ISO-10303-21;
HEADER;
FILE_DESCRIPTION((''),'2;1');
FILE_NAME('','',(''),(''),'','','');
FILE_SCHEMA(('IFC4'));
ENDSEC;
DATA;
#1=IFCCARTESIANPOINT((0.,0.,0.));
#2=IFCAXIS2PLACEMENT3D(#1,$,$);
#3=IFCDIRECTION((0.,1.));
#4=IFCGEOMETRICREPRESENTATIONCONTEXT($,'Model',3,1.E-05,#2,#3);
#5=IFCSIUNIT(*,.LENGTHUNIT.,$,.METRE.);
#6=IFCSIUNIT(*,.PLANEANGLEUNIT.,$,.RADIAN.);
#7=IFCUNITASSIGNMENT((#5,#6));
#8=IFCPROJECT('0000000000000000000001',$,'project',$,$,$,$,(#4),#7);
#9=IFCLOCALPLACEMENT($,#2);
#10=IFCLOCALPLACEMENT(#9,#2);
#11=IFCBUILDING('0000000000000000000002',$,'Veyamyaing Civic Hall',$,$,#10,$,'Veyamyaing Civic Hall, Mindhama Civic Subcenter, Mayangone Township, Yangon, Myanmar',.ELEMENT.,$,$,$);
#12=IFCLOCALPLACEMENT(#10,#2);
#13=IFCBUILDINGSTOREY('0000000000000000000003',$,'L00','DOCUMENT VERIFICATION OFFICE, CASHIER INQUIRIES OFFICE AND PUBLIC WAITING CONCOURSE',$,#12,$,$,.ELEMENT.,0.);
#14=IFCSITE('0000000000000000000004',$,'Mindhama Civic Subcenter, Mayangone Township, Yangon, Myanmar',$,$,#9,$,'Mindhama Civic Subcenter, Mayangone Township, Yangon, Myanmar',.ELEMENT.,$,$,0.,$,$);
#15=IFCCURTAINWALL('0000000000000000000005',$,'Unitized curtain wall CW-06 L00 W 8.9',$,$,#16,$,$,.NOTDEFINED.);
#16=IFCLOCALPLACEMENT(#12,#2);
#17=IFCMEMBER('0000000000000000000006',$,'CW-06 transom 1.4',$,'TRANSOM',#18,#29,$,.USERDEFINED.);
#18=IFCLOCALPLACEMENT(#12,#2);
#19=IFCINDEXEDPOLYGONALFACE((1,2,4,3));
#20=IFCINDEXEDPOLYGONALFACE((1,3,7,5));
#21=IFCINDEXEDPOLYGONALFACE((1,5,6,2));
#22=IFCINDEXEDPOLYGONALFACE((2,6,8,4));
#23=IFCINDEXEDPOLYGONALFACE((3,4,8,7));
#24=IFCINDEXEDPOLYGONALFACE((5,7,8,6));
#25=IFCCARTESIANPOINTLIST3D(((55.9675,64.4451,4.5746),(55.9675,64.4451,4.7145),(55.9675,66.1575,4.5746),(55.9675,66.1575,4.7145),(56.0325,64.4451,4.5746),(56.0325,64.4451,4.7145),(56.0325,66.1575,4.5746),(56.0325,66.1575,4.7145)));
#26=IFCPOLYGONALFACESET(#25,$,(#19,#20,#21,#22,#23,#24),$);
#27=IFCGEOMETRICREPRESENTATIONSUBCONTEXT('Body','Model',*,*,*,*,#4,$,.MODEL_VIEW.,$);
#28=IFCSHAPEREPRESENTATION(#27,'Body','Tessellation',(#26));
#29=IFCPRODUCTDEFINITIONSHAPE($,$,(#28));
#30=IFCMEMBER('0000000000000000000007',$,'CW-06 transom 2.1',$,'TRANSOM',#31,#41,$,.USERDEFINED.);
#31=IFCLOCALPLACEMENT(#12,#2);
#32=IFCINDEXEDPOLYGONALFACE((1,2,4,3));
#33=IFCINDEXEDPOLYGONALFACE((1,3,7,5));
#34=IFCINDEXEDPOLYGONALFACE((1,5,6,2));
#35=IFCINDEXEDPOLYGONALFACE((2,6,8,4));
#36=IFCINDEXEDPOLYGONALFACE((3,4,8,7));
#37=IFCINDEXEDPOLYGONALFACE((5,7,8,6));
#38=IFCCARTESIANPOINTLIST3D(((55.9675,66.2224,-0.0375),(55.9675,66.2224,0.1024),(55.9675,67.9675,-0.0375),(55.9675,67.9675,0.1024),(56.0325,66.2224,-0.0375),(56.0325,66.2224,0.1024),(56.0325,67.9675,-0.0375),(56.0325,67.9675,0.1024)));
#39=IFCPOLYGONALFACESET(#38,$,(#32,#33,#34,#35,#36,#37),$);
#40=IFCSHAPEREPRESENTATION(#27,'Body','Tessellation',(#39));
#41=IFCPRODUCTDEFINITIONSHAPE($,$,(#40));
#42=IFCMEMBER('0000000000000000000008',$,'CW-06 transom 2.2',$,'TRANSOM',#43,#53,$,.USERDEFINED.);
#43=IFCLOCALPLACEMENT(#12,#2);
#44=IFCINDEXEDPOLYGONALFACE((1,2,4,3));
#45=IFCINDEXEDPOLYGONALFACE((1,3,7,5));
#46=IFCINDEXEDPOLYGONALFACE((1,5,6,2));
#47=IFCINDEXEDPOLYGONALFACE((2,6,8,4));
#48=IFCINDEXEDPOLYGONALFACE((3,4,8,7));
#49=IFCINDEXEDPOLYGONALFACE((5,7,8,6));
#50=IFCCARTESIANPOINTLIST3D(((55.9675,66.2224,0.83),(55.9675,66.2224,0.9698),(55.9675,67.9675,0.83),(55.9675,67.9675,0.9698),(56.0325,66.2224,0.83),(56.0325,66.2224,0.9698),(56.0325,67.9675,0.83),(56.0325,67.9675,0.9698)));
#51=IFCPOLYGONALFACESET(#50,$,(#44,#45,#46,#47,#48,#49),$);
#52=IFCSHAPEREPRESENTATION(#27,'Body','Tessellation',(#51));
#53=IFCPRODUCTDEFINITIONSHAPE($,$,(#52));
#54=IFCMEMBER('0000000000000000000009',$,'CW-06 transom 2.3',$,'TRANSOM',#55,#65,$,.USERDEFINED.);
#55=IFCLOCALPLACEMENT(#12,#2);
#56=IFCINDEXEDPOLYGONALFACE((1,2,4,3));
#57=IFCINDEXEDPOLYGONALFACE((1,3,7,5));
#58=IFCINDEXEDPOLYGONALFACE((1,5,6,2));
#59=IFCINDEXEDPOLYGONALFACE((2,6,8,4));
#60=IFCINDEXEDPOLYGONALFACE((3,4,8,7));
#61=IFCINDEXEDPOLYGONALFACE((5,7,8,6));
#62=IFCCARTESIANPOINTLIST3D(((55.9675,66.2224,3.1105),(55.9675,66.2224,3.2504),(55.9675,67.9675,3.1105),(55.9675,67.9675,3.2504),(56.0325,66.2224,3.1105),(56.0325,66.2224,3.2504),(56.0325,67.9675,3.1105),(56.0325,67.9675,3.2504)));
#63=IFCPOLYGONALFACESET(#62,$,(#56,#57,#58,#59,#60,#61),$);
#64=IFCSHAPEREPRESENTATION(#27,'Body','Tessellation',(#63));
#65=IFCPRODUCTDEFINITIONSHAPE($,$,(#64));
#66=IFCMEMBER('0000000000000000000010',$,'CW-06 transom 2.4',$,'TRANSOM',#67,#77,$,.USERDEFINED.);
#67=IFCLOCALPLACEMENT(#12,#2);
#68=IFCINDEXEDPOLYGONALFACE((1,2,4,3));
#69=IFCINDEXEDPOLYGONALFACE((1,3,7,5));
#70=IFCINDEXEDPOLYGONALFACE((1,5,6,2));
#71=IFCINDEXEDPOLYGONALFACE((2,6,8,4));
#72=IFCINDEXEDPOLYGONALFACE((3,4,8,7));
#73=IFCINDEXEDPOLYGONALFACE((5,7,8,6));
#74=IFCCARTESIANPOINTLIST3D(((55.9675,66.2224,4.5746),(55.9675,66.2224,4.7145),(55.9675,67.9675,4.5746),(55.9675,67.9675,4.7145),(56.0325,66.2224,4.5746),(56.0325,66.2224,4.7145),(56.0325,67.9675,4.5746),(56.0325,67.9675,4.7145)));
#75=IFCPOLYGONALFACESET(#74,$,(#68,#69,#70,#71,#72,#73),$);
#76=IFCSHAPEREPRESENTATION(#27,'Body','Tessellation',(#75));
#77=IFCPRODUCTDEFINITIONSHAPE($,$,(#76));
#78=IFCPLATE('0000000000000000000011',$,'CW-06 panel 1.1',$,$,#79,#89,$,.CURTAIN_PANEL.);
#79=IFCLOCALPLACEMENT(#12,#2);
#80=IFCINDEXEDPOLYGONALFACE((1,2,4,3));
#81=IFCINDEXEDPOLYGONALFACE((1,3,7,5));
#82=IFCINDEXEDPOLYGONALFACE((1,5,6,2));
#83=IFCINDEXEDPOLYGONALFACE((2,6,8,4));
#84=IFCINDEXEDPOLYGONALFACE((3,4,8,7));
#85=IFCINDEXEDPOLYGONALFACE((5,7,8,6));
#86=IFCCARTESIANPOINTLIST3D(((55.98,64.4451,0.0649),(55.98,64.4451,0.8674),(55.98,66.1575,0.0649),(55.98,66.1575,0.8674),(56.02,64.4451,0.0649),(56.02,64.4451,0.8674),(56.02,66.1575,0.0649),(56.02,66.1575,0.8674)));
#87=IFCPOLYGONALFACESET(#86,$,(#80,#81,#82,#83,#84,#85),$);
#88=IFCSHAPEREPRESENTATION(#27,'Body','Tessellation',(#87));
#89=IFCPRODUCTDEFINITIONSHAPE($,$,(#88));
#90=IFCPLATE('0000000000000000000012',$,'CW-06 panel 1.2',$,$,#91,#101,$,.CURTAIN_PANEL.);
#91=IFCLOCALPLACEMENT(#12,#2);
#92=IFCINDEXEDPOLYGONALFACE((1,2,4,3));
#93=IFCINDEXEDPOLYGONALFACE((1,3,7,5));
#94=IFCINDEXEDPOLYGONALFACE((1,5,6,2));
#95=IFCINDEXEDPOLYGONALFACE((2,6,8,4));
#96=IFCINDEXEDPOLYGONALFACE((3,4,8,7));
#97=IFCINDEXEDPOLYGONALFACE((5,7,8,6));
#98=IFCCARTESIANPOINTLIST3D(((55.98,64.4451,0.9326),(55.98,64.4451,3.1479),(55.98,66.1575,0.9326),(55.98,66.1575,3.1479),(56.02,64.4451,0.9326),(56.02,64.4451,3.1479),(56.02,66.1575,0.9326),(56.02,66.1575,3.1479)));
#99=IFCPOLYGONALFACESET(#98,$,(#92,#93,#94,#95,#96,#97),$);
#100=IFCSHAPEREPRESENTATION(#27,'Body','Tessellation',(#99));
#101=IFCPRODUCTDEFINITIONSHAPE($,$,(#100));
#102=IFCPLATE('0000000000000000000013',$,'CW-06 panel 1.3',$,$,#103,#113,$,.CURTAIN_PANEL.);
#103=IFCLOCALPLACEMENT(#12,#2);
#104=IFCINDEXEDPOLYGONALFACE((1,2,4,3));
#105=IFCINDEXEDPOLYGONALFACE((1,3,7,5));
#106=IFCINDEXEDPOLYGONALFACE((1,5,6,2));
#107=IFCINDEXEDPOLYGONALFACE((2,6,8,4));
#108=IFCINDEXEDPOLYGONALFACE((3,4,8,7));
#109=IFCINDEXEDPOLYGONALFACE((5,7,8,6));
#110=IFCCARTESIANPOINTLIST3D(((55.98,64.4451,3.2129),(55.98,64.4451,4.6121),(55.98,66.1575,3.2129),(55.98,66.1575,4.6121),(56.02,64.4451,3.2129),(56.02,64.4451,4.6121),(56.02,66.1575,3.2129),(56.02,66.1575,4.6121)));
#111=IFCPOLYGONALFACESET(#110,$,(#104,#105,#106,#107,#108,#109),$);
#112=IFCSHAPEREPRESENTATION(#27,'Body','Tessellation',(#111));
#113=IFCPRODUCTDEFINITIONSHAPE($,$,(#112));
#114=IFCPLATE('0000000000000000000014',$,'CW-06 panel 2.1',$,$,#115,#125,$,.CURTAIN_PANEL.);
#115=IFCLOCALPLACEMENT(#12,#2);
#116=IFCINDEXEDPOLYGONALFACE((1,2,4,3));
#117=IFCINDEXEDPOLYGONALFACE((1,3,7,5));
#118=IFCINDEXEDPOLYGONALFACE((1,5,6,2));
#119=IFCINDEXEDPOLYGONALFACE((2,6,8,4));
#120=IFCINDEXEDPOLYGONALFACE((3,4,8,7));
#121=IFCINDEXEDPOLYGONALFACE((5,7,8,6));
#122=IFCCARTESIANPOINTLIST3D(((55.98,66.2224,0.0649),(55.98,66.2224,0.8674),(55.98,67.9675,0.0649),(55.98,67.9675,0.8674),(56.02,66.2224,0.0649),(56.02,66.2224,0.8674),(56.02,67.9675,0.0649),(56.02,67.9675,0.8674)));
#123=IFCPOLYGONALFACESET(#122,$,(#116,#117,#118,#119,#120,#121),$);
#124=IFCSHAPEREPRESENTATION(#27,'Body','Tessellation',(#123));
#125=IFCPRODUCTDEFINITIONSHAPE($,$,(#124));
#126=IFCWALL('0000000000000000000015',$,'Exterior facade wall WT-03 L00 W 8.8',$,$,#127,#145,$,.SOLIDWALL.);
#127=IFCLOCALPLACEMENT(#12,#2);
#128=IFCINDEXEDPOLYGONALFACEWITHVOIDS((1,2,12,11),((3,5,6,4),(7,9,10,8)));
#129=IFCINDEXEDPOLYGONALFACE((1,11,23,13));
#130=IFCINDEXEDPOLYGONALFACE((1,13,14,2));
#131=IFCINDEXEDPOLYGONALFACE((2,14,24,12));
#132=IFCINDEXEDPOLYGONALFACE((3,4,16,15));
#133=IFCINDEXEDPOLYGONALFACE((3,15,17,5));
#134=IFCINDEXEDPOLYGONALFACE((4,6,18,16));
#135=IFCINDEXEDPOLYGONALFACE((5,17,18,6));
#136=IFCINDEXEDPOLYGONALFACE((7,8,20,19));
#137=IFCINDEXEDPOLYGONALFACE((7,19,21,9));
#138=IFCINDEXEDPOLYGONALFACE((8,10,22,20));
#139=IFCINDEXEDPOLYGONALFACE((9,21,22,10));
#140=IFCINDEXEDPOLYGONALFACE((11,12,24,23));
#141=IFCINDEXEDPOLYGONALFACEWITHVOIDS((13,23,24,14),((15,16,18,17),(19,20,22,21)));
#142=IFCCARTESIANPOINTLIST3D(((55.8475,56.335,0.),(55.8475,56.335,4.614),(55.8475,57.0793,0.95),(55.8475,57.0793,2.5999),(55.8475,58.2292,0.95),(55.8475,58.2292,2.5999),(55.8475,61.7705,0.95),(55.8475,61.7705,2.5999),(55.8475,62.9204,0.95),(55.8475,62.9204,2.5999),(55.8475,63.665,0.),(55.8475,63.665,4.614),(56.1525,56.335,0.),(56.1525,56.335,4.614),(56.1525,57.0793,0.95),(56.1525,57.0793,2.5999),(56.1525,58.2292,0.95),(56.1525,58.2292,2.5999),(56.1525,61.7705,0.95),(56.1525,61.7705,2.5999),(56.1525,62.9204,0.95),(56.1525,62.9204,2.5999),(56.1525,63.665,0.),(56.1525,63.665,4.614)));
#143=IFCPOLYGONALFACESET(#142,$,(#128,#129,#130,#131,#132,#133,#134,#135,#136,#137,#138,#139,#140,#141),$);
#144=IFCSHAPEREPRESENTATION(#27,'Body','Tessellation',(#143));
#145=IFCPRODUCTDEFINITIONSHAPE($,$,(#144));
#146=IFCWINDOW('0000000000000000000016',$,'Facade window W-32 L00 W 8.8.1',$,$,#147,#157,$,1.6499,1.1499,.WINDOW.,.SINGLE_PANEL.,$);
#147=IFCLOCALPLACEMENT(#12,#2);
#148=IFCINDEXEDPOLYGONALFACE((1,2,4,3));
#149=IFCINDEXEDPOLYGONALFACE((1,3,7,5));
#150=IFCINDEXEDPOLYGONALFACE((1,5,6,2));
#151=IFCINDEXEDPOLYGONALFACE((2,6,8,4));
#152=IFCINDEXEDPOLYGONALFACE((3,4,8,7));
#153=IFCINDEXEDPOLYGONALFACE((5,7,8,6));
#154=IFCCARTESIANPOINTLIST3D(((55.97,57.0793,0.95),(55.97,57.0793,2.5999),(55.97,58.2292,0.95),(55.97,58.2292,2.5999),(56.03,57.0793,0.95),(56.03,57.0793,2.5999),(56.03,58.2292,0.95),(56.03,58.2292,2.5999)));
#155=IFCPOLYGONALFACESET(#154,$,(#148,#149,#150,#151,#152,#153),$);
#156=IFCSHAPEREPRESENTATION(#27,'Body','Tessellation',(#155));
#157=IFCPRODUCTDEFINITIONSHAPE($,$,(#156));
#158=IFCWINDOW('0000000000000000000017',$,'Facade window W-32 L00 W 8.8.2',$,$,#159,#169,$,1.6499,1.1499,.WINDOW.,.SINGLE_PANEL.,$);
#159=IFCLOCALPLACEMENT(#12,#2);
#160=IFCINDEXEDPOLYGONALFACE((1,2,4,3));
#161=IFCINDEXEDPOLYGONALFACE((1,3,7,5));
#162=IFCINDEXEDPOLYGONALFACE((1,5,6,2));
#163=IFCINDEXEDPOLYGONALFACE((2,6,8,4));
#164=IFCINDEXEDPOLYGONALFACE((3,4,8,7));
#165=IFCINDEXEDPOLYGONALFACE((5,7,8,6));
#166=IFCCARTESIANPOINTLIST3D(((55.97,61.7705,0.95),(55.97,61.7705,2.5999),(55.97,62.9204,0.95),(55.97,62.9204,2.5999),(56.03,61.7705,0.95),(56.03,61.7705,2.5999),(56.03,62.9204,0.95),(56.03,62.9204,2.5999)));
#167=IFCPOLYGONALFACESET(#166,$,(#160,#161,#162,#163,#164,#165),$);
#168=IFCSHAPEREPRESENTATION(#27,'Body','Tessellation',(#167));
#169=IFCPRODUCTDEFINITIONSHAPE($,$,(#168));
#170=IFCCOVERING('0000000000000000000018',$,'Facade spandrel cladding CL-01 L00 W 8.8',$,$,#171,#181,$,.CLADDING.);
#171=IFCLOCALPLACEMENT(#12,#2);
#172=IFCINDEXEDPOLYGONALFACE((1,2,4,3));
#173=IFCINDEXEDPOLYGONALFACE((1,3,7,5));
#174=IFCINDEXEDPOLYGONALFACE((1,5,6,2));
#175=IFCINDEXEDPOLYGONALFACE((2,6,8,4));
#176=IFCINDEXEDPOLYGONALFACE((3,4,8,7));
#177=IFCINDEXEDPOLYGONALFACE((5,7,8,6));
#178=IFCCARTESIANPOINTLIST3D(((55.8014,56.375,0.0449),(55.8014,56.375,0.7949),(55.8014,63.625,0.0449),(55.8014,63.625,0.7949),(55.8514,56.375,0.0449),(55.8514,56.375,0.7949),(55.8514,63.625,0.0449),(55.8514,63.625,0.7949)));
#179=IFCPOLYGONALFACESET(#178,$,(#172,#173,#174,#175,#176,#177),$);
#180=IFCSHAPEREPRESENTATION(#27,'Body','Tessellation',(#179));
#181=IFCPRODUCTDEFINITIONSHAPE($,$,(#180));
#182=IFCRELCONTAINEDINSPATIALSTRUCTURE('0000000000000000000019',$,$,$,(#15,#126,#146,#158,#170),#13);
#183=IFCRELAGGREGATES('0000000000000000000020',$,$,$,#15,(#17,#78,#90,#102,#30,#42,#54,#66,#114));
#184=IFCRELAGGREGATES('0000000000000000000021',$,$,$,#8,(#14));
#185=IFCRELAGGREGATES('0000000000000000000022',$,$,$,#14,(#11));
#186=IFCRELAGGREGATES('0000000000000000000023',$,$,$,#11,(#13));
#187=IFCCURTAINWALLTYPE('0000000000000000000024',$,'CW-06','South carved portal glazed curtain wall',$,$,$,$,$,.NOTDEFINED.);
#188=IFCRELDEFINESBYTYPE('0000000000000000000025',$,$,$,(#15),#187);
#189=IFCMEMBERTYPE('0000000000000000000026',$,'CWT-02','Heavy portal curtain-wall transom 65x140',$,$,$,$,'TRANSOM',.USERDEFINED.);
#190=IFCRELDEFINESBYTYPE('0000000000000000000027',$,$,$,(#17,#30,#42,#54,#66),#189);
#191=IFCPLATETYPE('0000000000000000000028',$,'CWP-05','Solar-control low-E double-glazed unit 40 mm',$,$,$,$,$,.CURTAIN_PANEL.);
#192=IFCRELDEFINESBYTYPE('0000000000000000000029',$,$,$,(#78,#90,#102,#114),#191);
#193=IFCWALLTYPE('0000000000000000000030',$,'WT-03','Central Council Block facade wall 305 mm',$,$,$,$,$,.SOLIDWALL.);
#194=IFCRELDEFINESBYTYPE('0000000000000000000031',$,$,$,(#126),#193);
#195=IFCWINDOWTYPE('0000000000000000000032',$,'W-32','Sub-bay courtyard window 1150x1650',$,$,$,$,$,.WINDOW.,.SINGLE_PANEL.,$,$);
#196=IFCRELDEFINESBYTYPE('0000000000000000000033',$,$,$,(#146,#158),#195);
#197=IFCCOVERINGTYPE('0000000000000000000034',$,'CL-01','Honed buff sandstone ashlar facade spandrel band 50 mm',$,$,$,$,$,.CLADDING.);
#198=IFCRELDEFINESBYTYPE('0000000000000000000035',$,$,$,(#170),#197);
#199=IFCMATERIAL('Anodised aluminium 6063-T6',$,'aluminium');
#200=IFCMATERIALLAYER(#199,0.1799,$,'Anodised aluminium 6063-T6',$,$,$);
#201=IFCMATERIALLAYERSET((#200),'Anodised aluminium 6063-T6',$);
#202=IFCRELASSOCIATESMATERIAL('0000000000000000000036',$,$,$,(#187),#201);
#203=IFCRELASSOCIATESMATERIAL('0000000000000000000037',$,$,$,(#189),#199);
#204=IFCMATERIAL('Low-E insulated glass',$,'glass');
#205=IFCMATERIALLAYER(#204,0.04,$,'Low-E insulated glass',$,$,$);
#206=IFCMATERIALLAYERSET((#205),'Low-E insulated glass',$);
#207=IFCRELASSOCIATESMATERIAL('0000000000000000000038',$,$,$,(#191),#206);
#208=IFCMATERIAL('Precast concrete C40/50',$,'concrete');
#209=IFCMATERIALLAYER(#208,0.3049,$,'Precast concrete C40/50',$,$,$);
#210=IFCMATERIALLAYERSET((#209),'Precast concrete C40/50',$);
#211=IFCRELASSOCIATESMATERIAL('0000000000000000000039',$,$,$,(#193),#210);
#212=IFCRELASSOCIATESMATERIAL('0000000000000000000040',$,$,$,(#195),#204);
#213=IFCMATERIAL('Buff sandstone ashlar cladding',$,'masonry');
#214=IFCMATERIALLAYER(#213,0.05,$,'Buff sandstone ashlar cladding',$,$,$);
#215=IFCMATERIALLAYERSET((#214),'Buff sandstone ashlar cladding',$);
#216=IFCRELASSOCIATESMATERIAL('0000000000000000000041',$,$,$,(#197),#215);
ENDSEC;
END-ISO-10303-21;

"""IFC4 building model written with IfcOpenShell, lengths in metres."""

from ifc_helpers import new_model, si_unit, direction, frame, frame_2d, origin, origin_2d, place, context, subcontext, project, spatial, rectangle, extrude, material, layer, layer_set, material_profile, profile_set, type_object, element, fill, aggregate, save


model = new_model("IFC4")

# Units and contexts
model_context = context("Model", 3, precision=1e-05, world=origin(), true_north=direction((0.0, 1.0)))
body_context = subcontext(model_context, "Body", "Model", "MODEL_VIEW")
ifc_project = project(units=[si_unit("LENGTHUNIT", "METRE"), si_unit("PLANEANGLEUNIT", "RADIAN")], contexts=[model_context])

# Site, building, storey
site_placement = place(None, origin())
site = spatial("IfcSite", under=ifc_project, at=site_placement, Name="Mindhama Civic Subcenter, Mayangone Township, Yangon, Myanmar", LongName="Mindhama Civic Subcenter, Mayangone Township, Yangon, Myanmar", CompositionType="ELEMENT", RefElevation=0.0)
building_placement = place(site_placement, origin())
building = spatial("IfcBuilding", under=site, at=building_placement, Name="Veyamyaing Civic Hall", LongName="Veyamyaing Civic Hall, Mindhama Civic Subcenter, Mayangone Township, Yangon, Myanmar", CompositionType="ELEMENT")
storey_placement = place(building_placement, origin())
storey = spatial("IfcBuildingStorey", under=building, at=storey_placement, Name="L00", Description="DOCUMENT VERIFICATION OFFICE, CASHIER INQUIRIES OFFICE AND PUBLIC WAITING CONCOURSE", CompositionType="ELEMENT", Elevation=0.0)

# Curtain wall, members, plates
ifc_material_1 = material(Name="Anodised aluminium 6063-T6", Category="aluminium")
ifc_layer_1 = layer(ifc_material_1, 0.1799, Name="Anodised aluminium 6063-T6")
ifc_layer_set_1 = layer_set([ifc_layer_1], Name="Anodised aluminium 6063-T6")
curtain_wall_type = type_object("IfcCurtainWallType", Name="CW-06", Description="South carved portal glazed curtain wall", PredefinedType="NOTDEFINED", material=ifc_layer_set_1)
curtain_wall_placement = place(storey_placement, origin())
curtain_wall = element("IfcCurtainWall", 1, at=curtain_wall_placement, inside=storey, type_object=curtain_wall_type, Name="Unitized curtain wall CW-06 L00 W 8.9", PredefinedType="NOTDEFINED")
ifc_material_profile_1 = material_profile(ifc_material_1, rectangle(XDim=0.0649, YDim=0.1399, at=origin_2d()), Name="ALU-TRN-65X140")
ifc_profile_set_1 = profile_set([ifc_material_profile_1], Name="Anodised aluminium 6063-T6")
member_type_1 = type_object("IfcMemberType", Name="CWT-02", Description="Heavy portal curtain-wall transom 65x140", ElementType="TRANSOM", PredefinedType="USERDEFINED", material=ifc_profile_set_1)
member_1_placement = place(storey_placement, frame((56.0, 64.4451, 4.6445), z_axis=(0.0, 1.0, 0.0), x_axis=(-1.0, 0.0, 0.0)))
member_1 = element("IfcMember", 2, at=member_1_placement, type_object=member_type_1, Name="CW-06 transom 1.4", ObjectType="TRANSOM", PredefinedType="USERDEFINED", context=body_context, shape_type="SweptSolid", body=[
    extrude(rectangle(XDim=0.0649, YDim=0.1399, at=origin_2d()), origin(), (0.0, 0.0, 1.0), 1.7124),
])
member_2_placement = place(storey_placement, frame((56.0, 66.2224, 0.0325), z_axis=(0.0, 1.0, 0.0), x_axis=(-1.0, 0.0, 0.0)))
member_2 = element("IfcMember", 3, at=member_2_placement, type_object=member_type_1, Name="CW-06 transom 2.1", ObjectType="TRANSOM", PredefinedType="USERDEFINED", context=body_context, shape_type="SweptSolid", body=[
    extrude(rectangle(XDim=0.0649, YDim=0.1399, at=origin_2d()), origin(), (0.0, 0.0, 1.0), 1.7451),
])
member_3_placement = place(storey_placement, frame((56.0, 66.2224, 0.8999), z_axis=(0.0, 1.0, 0.0), x_axis=(-1.0, 0.0, 0.0)))
member_3 = element("IfcMember", 4, at=member_3_placement, type_object=member_type_1, Name="CW-06 transom 2.2", ObjectType="TRANSOM", PredefinedType="USERDEFINED", context=body_context, shape_type="SweptSolid", body=[
    extrude(rectangle(XDim=0.0649, YDim=0.1399, at=origin_2d()), origin(), (0.0, 0.0, 1.0), 1.7451),
])
member_4_placement = place(storey_placement, frame((56.0, 66.2224, 3.1804), z_axis=(0.0, 1.0, 0.0), x_axis=(-1.0, 0.0, 0.0)))
member_4 = element("IfcMember", 5, at=member_4_placement, type_object=member_type_1, Name="CW-06 transom 2.3", ObjectType="TRANSOM", PredefinedType="USERDEFINED", context=body_context, shape_type="SweptSolid", body=[
    extrude(rectangle(XDim=0.0649, YDim=0.1399, at=origin_2d()), origin(), (0.0, 0.0, 1.0), 1.7451),
])
member_5_placement = place(storey_placement, frame((56.0, 66.2224, 4.6445), z_axis=(0.0, 1.0, 0.0), x_axis=(-1.0, 0.0, 0.0)))
member_5 = element("IfcMember", 6, at=member_5_placement, type_object=member_type_1, Name="CW-06 transom 2.4", ObjectType="TRANSOM", PredefinedType="USERDEFINED", context=body_context, shape_type="SweptSolid", body=[
    extrude(rectangle(XDim=0.0649, YDim=0.1399, at=origin_2d()), origin(), (0.0, 0.0, 1.0), 1.7451),
])
ifc_material_2 = material(Name="Low-E insulated glass", Category="glass")
ifc_layer_2 = layer(ifc_material_2, 0.04, Name="Low-E insulated glass")
ifc_layer_set_2 = layer_set([ifc_layer_2], Name="Low-E insulated glass")
plate_type = type_object("IfcPlateType", Name="CWP-05", Description="Solar-control low-E double-glazed unit 40 mm", PredefinedType="CURTAIN_PANEL", material=ifc_layer_set_2)
plate_1_placement = place(storey_placement, frame((56.0, 65.3013, 0.0649), z_axis=(0.0, 0.0, 1.0), x_axis=(0.0, 1.0, 0.0)))
plate_1 = element("IfcPlate", 7, at=plate_1_placement, type_object=plate_type, Name="CW-06 panel 1.1", PredefinedType="CURTAIN_PANEL", context=body_context, shape_type="SweptSolid", body=[
    extrude(rectangle(XDim=1.7124, YDim=0.04, at=origin_2d()), origin(), (0.0, 0.0, 1.0), 0.8025),
])
plate_2_placement = place(storey_placement, frame((56.0, 65.3013, 0.9326), z_axis=(0.0, 0.0, 1.0), x_axis=(0.0, 1.0, 0.0)))
plate_2 = element("IfcPlate", 8, at=plate_2_placement, type_object=plate_type, Name="CW-06 panel 1.2", PredefinedType="CURTAIN_PANEL", context=body_context, shape_type="SweptSolid", body=[
    extrude(rectangle(XDim=1.7124, YDim=0.04, at=origin_2d()), origin(), (0.0, 0.0, 1.0), 2.2153),
])
plate_3_placement = place(storey_placement, frame((56.0, 65.3013, 3.2129), z_axis=(0.0, 0.0, 1.0), x_axis=(0.0, 1.0, 0.0)))
plate_3 = element("IfcPlate", 9, at=plate_3_placement, type_object=plate_type, Name="CW-06 panel 1.3", PredefinedType="CURTAIN_PANEL", context=body_context, shape_type="SweptSolid", body=[
    extrude(rectangle(XDim=1.7124, YDim=0.04, at=origin_2d()), origin(), (0.0, 0.0, 1.0), 1.3992),
])
plate_4_placement = place(storey_placement, frame((56.0, 67.095, 0.0649), z_axis=(0.0, 0.0, 1.0), x_axis=(0.0, 1.0, 0.0)))
plate_4 = element("IfcPlate", 10, at=plate_4_placement, type_object=plate_type, Name="CW-06 panel 2.1", PredefinedType="CURTAIN_PANEL", context=body_context, shape_type="SweptSolid", body=[
    extrude(rectangle(XDim=1.7451, YDim=0.04, at=origin_2d()), origin(), (0.0, 0.0, 1.0), 0.8025),
])
aggregate(curtain_wall, [member_1, plate_1, plate_2, plate_3, member_2, member_3, member_4, member_5, plate_4])

# Wall, openings, windows
ifc_material_3 = material(Name="Precast concrete C40/50", Category="concrete")
ifc_layer_3 = layer(ifc_material_3, 0.3049, Name="Precast concrete C40/50")
ifc_layer_set_3 = layer_set([ifc_layer_3], Name="Precast concrete C40/50")
wall_type = type_object("IfcWallType", Name="WT-03", Description="Central Council Block facade wall 305 mm", PredefinedType="SOLIDWALL", material=ifc_layer_set_3)
wall_placement = place(storey_placement, frame((56.0, 56.335, 0.0), z_axis=(0.0, 0.0, 1.0), x_axis=(0.0, 1.0, 0.0)))
wall = element("IfcWall", 11, at=wall_placement, inside=storey, type_object=wall_type, Name="Exterior facade wall WT-03 L00 W 8.8", PredefinedType="SOLIDWALL", context=body_context, shape_type="SweptSolid", body=[
    extrude(rectangle(XDim=7.3301, YDim=0.3049, at=frame_2d((3.665, 0.0))), origin(), (0.0, 0.0, 1.0), 4.614),
])
opening_1_placement = place(wall_placement, frame((0.7444, 0.0, 0.95)))
opening_1 = element("IfcOpeningElement", 12, at=opening_1_placement, cuts=wall, PredefinedType="OPENING", context=body_context, shape_type="SweptSolid", body=[
    extrude(rectangle(XDim=1.1499, YDim=1.6499, at=frame_2d((0.575, 0.825))), frame((0.0, 0.1624, 0.0), z_axis=(0.0, -1.0, 0.0), x_axis=(1.0, 0.0, 0.0)), (0.0, 0.0, 1.0), 0.325),
])
opening_2_placement = place(wall_placement, frame((5.4355, 0.0, 0.95)))
opening_2 = element("IfcOpeningElement", 13, at=opening_2_placement, cuts=wall, PredefinedType="OPENING", context=body_context, shape_type="SweptSolid", body=[
    extrude(rectangle(XDim=1.1499, YDim=1.6499, at=frame_2d((0.575, 0.825))), frame((0.0, 0.1624, 0.0), z_axis=(0.0, -1.0, 0.0), x_axis=(1.0, 0.0, 0.0)), (0.0, 0.0, 1.0), 0.325),
])
window_type = type_object("IfcWindowType", Name="W-32", Description="Sub-bay courtyard window 1150x1650", PartitioningType="SINGLE_PANEL", PredefinedType="WINDOW", material=ifc_material_2)
window_1_placement = place(opening_1_placement, origin())
window_1 = element("IfcWindow", 14, at=window_1_placement, inside=storey, type_object=window_type, Name="Facade window W-32 L00 W 8.8.1", OverallHeight=1.6499, OverallWidth=1.1499, PartitioningType="SINGLE_PANEL", PredefinedType="WINDOW", context=body_context, shape_type="SweptSolid", body=[
    extrude(rectangle(XDim=1.1499, YDim=1.6499, at=frame_2d((0.575, 0.825))), frame((0.0, 0.03, 0.0), z_axis=(0.0, -1.0, 0.0), x_axis=(1.0, 0.0, 0.0)), (0.0, 0.0, 1.0), 0.0601),
])
fill(opening_1, window_1)
window_2_placement = place(opening_2_placement, origin())
window_2 = element("IfcWindow", 15, at=window_2_placement, inside=storey, type_object=window_type, Name="Facade window W-32 L00 W 8.8.2", OverallHeight=1.6499, OverallWidth=1.1499, PartitioningType="SINGLE_PANEL", PredefinedType="WINDOW", context=body_context, shape_type="SweptSolid", body=[
    extrude(rectangle(XDim=1.1499, YDim=1.6499, at=frame_2d((0.575, 0.825))), frame((0.0, 0.03, 0.0), z_axis=(0.0, -1.0, 0.0), x_axis=(1.0, 0.0, 0.0)), (0.0, 0.0, 1.0), 0.0601),
])
fill(opening_2, window_2)

# Covering
ifc_material_4 = material(Name="Buff sandstone ashlar cladding", Category="masonry")
ifc_layer_4 = layer(ifc_material_4, 0.05, Name="Buff sandstone ashlar cladding")
ifc_layer_set_4 = layer_set([ifc_layer_4], Name="Buff sandstone ashlar cladding")
covering_type_1 = type_object("IfcCoveringType", Name="CL-01", Description="Honed buff sandstone ashlar facade spandrel band 50 mm", PredefinedType="CLADDING", material=ifc_layer_set_4)
covering_1_placement = place(storey_placement, frame((55.8264, 60.0, 0.0449), z_axis=(0.0, 0.0, 1.0), x_axis=(0.0, 1.0, 0.0)))
element("IfcCovering", 16, at=covering_1_placement, inside=storey, type_object=covering_type_1, Name="Facade spandrel cladding CL-01 L00 W 8.8", PredefinedType="CLADDING", context=body_context, shape_type="SweptSolid", body=[
    extrude(rectangle(XDim=7.25, YDim=0.05, at=origin_2d()), origin(), (0.0, 0.0, 1.0), 0.75),
])

save(model, "model.ifc")
